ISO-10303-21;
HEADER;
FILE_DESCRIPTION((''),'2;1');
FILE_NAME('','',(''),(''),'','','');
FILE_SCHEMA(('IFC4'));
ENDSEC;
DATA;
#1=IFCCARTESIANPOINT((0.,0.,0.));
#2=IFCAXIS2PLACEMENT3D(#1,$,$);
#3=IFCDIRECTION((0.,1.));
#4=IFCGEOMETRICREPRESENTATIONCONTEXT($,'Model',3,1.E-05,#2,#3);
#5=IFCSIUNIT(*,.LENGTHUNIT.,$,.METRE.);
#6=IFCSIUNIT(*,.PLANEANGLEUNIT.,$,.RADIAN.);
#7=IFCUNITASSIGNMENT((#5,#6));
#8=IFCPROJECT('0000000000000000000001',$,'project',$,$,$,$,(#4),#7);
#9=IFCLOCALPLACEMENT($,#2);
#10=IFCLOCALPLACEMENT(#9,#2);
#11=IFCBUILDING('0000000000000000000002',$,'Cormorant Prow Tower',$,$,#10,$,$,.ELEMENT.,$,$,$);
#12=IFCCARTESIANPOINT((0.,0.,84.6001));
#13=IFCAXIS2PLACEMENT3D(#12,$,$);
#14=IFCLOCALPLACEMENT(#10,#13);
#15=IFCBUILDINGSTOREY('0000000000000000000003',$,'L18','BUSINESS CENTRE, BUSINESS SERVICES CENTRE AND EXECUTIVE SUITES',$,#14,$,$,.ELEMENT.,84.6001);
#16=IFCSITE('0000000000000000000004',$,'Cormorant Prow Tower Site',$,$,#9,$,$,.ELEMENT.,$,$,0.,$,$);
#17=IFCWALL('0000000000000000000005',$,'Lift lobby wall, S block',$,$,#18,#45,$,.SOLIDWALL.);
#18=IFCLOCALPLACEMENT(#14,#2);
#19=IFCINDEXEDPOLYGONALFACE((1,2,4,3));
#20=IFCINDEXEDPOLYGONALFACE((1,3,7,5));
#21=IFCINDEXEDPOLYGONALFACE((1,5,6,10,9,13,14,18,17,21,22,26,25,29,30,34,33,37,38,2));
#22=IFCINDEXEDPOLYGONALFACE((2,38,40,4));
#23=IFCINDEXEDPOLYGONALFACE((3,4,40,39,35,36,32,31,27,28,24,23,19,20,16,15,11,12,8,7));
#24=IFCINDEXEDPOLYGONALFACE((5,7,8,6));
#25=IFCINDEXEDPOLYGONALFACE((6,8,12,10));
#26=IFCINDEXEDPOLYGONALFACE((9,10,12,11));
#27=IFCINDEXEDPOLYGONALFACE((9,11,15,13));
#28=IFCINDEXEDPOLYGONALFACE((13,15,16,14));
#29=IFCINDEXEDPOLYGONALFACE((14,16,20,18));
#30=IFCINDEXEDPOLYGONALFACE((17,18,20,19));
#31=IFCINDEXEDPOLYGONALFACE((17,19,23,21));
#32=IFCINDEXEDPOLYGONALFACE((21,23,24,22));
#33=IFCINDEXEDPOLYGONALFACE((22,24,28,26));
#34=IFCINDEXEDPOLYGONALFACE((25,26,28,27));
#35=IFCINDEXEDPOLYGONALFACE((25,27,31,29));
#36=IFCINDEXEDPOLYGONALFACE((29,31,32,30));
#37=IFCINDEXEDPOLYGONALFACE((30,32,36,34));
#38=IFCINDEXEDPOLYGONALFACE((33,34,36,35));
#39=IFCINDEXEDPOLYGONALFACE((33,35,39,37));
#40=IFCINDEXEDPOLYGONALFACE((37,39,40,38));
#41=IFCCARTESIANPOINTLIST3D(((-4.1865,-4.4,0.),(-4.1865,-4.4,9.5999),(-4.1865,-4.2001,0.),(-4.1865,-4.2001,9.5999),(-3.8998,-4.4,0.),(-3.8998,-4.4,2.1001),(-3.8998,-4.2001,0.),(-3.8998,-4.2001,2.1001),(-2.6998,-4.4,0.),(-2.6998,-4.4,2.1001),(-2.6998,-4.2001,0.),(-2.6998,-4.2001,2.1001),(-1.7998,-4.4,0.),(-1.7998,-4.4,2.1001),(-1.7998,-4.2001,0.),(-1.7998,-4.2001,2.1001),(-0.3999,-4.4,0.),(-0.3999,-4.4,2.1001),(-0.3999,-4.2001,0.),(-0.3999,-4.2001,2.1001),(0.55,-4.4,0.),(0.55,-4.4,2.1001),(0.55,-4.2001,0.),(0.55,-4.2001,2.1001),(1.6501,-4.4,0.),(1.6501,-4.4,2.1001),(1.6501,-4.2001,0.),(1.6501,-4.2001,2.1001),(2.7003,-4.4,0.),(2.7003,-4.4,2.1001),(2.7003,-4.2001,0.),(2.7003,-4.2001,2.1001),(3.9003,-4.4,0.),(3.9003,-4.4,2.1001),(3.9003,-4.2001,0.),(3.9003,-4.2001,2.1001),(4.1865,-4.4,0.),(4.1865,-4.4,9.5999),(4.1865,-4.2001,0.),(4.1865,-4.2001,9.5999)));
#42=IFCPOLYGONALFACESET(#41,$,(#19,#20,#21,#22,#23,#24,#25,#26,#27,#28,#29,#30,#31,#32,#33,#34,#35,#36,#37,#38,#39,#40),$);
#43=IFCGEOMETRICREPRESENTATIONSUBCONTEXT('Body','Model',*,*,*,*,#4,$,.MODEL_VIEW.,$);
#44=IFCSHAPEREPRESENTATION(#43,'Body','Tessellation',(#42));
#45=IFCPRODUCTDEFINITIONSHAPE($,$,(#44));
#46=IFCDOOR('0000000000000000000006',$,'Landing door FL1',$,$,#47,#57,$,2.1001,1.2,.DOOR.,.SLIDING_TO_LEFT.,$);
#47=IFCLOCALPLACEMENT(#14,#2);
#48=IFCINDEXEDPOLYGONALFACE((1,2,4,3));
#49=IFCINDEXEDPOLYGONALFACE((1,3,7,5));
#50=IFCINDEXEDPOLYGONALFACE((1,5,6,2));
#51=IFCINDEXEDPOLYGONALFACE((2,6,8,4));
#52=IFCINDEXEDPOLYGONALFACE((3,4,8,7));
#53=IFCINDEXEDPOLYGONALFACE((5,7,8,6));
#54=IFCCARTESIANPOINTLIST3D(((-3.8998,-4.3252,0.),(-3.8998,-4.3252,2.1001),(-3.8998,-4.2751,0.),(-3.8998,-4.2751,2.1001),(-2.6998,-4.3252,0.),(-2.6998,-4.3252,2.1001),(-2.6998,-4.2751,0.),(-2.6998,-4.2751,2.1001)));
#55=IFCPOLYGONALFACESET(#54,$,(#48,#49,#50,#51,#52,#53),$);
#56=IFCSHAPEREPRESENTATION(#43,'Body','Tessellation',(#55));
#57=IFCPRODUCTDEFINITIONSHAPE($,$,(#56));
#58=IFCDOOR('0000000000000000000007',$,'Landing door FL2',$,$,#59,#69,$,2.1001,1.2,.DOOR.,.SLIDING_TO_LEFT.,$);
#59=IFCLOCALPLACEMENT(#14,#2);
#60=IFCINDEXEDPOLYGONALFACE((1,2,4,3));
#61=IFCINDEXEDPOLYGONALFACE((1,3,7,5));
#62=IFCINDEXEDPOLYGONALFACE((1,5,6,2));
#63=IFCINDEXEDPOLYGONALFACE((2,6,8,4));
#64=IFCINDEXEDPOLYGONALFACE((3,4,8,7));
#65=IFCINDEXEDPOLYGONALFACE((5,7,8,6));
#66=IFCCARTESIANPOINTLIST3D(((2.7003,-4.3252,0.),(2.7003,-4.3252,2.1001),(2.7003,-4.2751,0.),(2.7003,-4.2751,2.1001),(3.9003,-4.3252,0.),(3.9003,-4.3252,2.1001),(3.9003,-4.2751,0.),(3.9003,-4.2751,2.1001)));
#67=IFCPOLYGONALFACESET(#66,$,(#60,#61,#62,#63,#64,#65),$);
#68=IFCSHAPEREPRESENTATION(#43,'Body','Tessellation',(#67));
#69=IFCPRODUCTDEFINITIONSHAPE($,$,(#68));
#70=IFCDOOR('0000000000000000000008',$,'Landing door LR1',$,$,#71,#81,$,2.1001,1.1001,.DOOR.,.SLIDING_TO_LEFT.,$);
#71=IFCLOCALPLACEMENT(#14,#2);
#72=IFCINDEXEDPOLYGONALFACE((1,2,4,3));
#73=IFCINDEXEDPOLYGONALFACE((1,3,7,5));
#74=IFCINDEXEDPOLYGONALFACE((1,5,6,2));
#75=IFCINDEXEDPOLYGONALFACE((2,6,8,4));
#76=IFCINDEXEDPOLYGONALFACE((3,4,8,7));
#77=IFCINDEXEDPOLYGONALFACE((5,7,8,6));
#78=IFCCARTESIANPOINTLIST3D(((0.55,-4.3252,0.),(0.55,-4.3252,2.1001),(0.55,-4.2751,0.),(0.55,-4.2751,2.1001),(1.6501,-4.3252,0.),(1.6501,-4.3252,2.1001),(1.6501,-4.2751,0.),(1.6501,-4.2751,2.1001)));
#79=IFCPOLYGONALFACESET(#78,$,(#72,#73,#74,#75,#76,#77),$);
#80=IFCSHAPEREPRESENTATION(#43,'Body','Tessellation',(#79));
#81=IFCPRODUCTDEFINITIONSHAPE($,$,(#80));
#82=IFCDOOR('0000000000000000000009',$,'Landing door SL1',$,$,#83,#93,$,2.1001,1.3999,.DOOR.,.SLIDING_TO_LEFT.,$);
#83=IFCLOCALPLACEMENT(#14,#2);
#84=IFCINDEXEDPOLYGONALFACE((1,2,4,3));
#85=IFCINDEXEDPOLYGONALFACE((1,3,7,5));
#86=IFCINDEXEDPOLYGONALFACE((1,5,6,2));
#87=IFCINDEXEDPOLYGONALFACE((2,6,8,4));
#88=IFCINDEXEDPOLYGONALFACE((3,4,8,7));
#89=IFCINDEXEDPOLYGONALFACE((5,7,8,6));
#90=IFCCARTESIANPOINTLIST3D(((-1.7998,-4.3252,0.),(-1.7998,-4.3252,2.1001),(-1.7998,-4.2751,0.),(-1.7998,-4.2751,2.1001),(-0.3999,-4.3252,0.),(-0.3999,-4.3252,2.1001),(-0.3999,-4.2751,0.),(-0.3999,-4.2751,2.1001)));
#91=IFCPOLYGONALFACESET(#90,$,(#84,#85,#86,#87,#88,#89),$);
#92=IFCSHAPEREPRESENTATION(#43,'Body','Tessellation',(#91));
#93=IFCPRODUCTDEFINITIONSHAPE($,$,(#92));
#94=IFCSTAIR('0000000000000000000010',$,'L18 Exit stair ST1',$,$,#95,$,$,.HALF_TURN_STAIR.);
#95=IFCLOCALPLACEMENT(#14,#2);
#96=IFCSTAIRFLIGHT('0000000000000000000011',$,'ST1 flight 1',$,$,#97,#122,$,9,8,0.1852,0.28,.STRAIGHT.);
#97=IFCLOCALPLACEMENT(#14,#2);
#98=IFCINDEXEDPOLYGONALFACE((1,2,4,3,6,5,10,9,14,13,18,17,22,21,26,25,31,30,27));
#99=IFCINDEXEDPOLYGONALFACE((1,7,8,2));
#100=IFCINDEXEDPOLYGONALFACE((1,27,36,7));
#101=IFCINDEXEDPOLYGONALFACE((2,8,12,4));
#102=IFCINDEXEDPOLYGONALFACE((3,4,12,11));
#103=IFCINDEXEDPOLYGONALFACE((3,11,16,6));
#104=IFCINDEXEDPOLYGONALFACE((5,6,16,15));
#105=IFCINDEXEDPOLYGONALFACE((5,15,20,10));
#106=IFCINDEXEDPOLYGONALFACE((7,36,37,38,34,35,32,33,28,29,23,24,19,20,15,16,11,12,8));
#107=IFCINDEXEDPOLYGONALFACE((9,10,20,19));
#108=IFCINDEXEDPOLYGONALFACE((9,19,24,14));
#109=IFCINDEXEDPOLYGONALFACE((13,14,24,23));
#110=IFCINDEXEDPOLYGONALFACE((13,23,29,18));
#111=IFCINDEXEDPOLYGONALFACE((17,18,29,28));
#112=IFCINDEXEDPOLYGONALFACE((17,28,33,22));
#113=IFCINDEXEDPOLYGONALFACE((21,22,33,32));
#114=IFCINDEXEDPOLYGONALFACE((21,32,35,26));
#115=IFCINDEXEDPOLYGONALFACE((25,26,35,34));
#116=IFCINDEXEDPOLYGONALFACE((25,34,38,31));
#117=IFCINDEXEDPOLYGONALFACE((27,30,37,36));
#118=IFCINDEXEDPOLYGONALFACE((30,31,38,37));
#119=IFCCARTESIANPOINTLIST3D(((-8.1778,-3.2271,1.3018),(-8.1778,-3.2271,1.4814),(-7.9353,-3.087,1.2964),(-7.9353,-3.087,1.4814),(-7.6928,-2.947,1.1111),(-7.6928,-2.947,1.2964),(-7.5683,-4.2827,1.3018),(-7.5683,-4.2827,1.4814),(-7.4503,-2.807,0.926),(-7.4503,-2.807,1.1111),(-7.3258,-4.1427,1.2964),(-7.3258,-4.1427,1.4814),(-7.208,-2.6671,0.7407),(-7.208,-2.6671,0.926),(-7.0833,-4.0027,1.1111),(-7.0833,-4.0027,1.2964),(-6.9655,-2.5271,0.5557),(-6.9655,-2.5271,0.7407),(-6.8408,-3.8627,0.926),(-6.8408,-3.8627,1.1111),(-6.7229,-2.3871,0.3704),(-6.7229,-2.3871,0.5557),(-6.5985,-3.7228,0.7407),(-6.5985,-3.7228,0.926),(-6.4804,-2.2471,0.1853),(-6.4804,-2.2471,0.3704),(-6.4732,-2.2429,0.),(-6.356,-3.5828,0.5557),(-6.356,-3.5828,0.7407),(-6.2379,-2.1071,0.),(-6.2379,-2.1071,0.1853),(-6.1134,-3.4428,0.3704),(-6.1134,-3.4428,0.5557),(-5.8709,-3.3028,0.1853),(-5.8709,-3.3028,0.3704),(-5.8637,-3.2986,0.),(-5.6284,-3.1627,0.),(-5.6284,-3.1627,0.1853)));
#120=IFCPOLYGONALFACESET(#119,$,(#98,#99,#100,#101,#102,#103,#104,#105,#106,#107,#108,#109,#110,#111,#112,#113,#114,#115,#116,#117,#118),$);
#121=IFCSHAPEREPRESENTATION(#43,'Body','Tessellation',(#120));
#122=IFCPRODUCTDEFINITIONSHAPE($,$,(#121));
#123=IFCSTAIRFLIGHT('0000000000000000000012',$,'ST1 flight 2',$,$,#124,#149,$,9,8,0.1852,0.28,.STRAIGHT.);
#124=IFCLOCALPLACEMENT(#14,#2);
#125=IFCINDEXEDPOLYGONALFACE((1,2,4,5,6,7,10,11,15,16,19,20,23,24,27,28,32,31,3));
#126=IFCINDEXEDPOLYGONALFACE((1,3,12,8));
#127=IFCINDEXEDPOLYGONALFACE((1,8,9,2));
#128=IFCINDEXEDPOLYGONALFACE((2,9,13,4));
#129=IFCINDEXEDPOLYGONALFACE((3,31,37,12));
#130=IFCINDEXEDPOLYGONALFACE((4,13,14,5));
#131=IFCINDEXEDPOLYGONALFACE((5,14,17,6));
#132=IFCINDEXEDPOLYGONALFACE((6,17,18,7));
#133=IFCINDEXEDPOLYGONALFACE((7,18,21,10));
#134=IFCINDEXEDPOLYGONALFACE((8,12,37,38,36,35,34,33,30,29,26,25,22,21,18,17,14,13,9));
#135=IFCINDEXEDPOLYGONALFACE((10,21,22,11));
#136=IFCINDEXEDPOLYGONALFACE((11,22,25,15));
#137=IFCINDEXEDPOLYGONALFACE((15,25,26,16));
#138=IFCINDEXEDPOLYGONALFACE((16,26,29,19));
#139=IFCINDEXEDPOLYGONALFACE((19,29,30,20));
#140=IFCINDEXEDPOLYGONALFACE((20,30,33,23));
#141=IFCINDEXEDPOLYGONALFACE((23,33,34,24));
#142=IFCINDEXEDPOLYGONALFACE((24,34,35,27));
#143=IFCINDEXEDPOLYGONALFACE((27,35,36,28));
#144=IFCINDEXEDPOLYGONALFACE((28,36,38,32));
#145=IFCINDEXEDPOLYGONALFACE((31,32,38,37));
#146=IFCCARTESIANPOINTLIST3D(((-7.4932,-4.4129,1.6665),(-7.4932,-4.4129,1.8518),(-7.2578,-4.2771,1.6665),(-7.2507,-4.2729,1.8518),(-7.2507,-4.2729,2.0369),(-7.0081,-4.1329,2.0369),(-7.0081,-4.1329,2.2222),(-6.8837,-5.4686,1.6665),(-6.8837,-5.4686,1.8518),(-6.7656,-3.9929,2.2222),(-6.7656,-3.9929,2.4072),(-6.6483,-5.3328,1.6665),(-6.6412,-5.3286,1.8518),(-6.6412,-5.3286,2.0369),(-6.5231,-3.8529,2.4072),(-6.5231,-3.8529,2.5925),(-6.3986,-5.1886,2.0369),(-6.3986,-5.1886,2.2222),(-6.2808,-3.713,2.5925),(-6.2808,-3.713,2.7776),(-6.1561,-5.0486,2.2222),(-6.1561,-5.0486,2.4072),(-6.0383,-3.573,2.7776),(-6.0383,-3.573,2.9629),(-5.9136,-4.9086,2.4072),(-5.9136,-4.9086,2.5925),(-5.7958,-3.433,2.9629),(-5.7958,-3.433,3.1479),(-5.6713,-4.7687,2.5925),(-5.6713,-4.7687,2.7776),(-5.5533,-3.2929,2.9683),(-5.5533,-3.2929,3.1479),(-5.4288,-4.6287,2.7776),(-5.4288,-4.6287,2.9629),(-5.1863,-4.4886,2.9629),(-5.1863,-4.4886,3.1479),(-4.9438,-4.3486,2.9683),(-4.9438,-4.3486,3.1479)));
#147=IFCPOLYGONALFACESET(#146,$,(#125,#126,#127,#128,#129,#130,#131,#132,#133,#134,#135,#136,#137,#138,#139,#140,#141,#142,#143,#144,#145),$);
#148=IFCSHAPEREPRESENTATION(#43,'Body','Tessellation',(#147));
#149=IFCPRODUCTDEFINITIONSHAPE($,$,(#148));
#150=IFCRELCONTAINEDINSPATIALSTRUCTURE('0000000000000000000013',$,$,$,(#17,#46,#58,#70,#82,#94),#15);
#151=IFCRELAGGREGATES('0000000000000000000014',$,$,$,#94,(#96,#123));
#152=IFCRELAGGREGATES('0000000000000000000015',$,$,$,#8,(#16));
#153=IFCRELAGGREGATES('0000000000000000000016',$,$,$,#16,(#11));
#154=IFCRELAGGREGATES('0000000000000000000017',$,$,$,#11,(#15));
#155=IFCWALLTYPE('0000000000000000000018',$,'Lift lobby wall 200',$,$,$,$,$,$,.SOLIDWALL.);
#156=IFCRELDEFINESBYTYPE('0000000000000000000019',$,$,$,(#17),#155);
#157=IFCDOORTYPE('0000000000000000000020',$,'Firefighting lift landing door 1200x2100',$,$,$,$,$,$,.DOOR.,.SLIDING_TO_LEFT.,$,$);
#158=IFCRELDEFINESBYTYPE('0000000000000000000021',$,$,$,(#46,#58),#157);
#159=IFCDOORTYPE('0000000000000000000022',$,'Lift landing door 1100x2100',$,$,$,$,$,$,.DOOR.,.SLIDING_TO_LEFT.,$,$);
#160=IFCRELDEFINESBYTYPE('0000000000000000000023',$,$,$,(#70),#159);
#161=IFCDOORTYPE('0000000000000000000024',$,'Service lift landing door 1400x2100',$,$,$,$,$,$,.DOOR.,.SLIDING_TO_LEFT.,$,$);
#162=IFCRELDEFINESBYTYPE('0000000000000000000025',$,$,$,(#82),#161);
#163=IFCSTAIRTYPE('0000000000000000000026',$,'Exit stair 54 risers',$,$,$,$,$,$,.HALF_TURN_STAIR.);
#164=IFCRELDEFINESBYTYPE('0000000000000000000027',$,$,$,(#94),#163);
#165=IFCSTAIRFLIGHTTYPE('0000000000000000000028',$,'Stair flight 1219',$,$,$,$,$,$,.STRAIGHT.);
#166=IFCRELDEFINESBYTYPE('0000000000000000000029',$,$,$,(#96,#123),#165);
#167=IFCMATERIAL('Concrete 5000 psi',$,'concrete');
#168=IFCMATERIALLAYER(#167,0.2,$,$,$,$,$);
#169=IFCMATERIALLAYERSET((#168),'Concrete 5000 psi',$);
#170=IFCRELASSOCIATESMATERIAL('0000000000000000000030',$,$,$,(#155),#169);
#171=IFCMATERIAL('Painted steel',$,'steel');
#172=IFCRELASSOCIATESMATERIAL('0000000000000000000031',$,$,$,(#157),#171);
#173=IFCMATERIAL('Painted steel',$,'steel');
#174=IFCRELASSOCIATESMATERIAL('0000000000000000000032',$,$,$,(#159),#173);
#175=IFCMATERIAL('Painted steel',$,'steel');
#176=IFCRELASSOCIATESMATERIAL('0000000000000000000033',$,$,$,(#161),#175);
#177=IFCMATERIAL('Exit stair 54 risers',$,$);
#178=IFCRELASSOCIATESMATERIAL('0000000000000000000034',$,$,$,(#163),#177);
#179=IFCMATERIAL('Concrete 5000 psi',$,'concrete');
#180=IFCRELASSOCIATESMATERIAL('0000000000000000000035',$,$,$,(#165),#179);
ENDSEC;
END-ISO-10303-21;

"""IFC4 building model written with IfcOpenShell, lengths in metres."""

from ifc_helpers import new_model, si_unit, direction, frame, frame_2d, origin, place, context, subcontext, project, spatial, polyline, rectangle, outline, extrude, material, layer, layer_set, type_object, element, fill, aggregate, save


model = new_model("IFC4")

# Units and contexts
model_context = context("Model", 3, precision=1e-05, world=origin(), true_north=direction((0.0, 1.0)))
body_context = subcontext(model_context, "Body", "Model", "MODEL_VIEW")
ifc_project = project(units=[si_unit("LENGTHUNIT", "METRE"), si_unit("PLANEANGLEUNIT", "RADIAN")], contexts=[model_context])

# Site, building, storey
site_placement = place(None, origin())
site = spatial("IfcSite", under=ifc_project, at=site_placement, Name="Cormorant Prow Tower Site", CompositionType="ELEMENT", RefElevation=0.0)
building_placement = place(site_placement, origin())
building = spatial("IfcBuilding", under=site, at=building_placement, Name="Cormorant Prow Tower", CompositionType="ELEMENT")
storey_placement = place(building_placement, frame((0.0, 0.0, 84.6001)))
storey = spatial("IfcBuildingStorey", under=building, at=storey_placement, Name="L18", Description="BUSINESS CENTRE, BUSINESS SERVICES CENTRE AND EXECUTIVE SUITES", CompositionType="ELEMENT", Elevation=84.6001)

# Wall, openings, doors
ifc_material_1 = material(Name="Concrete 5000 psi", Category="concrete")
ifc_layer_1 = layer(ifc_material_1, 0.2)
ifc_layer_set_1 = layer_set([ifc_layer_1], Name="Concrete 5000 psi")
wall_type_1 = type_object("IfcWallType", Name="Lift lobby wall 200", PredefinedType="SOLIDWALL", material=ifc_layer_set_1)
wall_1_placement = place(storey_placement, frame((-4.1865, -4.3, 0.0), z_axis=(0.0, 0.0, 1.0), x_axis=(1.0, 0.0, 0.0)))
wall_1 = element("IfcWall", 1, at=wall_1_placement, inside=storey, type_object=wall_type_1, Name="Lift lobby wall, S block", PredefinedType="SOLIDWALL", context=body_context, shape_type="SweptSolid", body=[
    extrude(rectangle(XDim=8.373, YDim=0.2, at=frame_2d((4.1865, 0.0))), origin(), (0.0, 0.0, 1.0), 9.5999),
])
opening_1_placement = place(wall_1_placement, frame((0.2866, 0.0, 0.0)))
opening_1 = element("IfcOpeningElement", 2, at=opening_1_placement, cuts=wall_1, PredefinedType="OPENING", context=body_context, shape_type="SweptSolid", body=[
    extrude(rectangle(XDim=1.2, YDim=2.1001, at=frame_2d((0.6001, 1.05))), frame((0.0, 0.1099, 0.0), z_axis=(0.0, -1.0, 0.0), x_axis=(1.0, 0.0, 0.0)), (0.0, 0.0, 1.0), 0.22),
])
opening_2_placement = place(wall_1_placement, frame((2.3867, 0.0, 0.0)))
opening_2 = element("IfcOpeningElement", 3, at=opening_2_placement, cuts=wall_1, PredefinedType="OPENING", context=body_context, shape_type="SweptSolid", body=[
    extrude(rectangle(XDim=1.3999, YDim=2.1001, at=frame_2d((0.7, 1.05))), frame((0.0, 0.1099, 0.0), z_axis=(0.0, -1.0, 0.0), x_axis=(1.0, 0.0, 0.0)), (0.0, 0.0, 1.0), 0.22),
])
opening_3_placement = place(wall_1_placement, frame((4.7366, 0.0, 0.0)))
opening_3 = element("IfcOpeningElement", 4, at=opening_3_placement, cuts=wall_1, PredefinedType="OPENING", context=body_context, shape_type="SweptSolid", body=[
    extrude(rectangle(XDim=1.1001, YDim=2.1001, at=frame_2d((0.55, 1.05))), frame((0.0, 0.1099, 0.0), z_axis=(0.0, -1.0, 0.0), x_axis=(1.0, 0.0, 0.0)), (0.0, 0.0, 1.0), 0.22),
])
opening_4_placement = place(wall_1_placement, frame((6.8867, 0.0, 0.0)))
opening_4 = element("IfcOpeningElement", 5, at=opening_4_placement, cuts=wall_1, PredefinedType="OPENING", context=body_context, shape_type="SweptSolid", body=[
    extrude(rectangle(XDim=1.2, YDim=2.1001, at=frame_2d((0.6001, 1.05))), frame((0.0, 0.1099, 0.0), z_axis=(0.0, -1.0, 0.0), x_axis=(1.0, 0.0, 0.0)), (0.0, 0.0, 1.0), 0.22),
])
ifc_material_2 = material(Name="Painted steel", Category="steel")
door_type_1 = type_object("IfcDoorType", Name="Firefighting lift landing door 1200x2100", OperationType="SLIDING_TO_LEFT", PredefinedType="DOOR", material=ifc_material_2)
door_1_placement = place(opening_1_placement, origin())
door_1 = element("IfcDoor", 6, at=door_1_placement, inside=storey, type_object=door_type_1, Name="Landing door FL1", OperationType="SLIDING_TO_LEFT", OverallHeight=2.1001, OverallWidth=1.2, PredefinedType="DOOR", context=body_context, shape_type="SweptSolid", body=[
    extrude(rectangle(XDim=1.2, YDim=2.1001, at=frame_2d((0.6001, 1.05))), frame((0.0, 0.0249, 0.0), z_axis=(0.0, -1.0, 0.0), x_axis=(1.0, 0.0, 0.0)), (0.0, 0.0, 1.0), 0.05),
])
fill(opening_1, door_1)
door_2_placement = place(opening_4_placement, origin())
door_2 = element("IfcDoor", 7, at=door_2_placement, inside=storey, type_object=door_type_1, Name="Landing door FL2", OperationType="SLIDING_TO_LEFT", OverallHeight=2.1001, OverallWidth=1.2, PredefinedType="DOOR", context=body_context, shape_type="SweptSolid", body=[
    extrude(rectangle(XDim=1.2, YDim=2.1001, at=frame_2d((0.6001, 1.05))), frame((0.0, 0.0249, 0.0), z_axis=(0.0, -1.0, 0.0), x_axis=(1.0, 0.0, 0.0)), (0.0, 0.0, 1.0), 0.05),
])
fill(opening_4, door_2)
ifc_material_3 = material(Name="Painted steel", Category="steel")
door_type_2 = type_object("IfcDoorType", Name="Lift landing door 1100x2100", OperationType="SLIDING_TO_LEFT", PredefinedType="DOOR", material=ifc_material_3)
door_3_placement = place(opening_3_placement, origin())
door_3 = element("IfcDoor", 8, at=door_3_placement, inside=storey, type_object=door_type_2, Name="Landing door LR1", OperationType="SLIDING_TO_LEFT", OverallHeight=2.1001, OverallWidth=1.1001, PredefinedType="DOOR", context=body_context, shape_type="SweptSolid", body=[
    extrude(rectangle(XDim=1.1001, YDim=2.1001, at=frame_2d((0.55, 1.05))), frame((0.0, 0.0249, 0.0), z_axis=(0.0, -1.0, 0.0), x_axis=(1.0, 0.0, 0.0)), (0.0, 0.0, 1.0), 0.05),
])
fill(opening_3, door_3)
ifc_material_4 = material(Name="Painted steel", Category="steel")
door_type_3 = type_object("IfcDoorType", Name="Service lift landing door 1400x2100", OperationType="SLIDING_TO_LEFT", PredefinedType="DOOR", material=ifc_material_4)
door_4_placement = place(opening_2_placement, origin())
door_4 = element("IfcDoor", 9, at=door_4_placement, inside=storey, type_object=door_type_3, Name="Landing door SL1", OperationType="SLIDING_TO_LEFT", OverallHeight=2.1001, OverallWidth=1.3999, PredefinedType="DOOR", context=body_context, shape_type="SweptSolid", body=[
    extrude(rectangle(XDim=1.3999, YDim=2.1001, at=frame_2d((0.7, 1.05))), frame((0.0, 0.0249, 0.0), z_axis=(0.0, -1.0, 0.0), x_axis=(1.0, 0.0, 0.0)), (0.0, 0.0, 1.0), 0.05),
])
fill(opening_2, door_4)

# Stair, stair flights
ifc_material_5 = material(Name="Exit stair 54 risers")
stair_type = type_object("IfcStairType", Name="Exit stair 54 risers", PredefinedType="HALF_TURN_STAIR", material=ifc_material_5)
stair_placement = place(storey_placement, origin())
stair = element("IfcStair", 10, at=stair_placement, inside=storey, type_object=stair_type, Name="L18 Exit stair ST1", PredefinedType="HALF_TURN_STAIR")
ifc_material_6 = material(Name="Concrete 5000 psi", Category="concrete")
stair_flight_type = type_object("IfcStairFlightType", Name="Stair flight 1219", PredefinedType="STRAIGHT", material=ifc_material_6)
stair_flight_1_placement = place(storey_placement, frame((-5.9331, -2.635, 0.0), z_axis=(0.0, 0.0, 1.0), x_axis=(-0.866025, -0.5, 0.0)))
stair_flight_1 = element("IfcStairFlight", 11, at=stair_flight_1_placement, type_object=stair_flight_type, Name="ST1 flight 1", NumberOfRisers=9, NumberOfTreads=8, PredefinedType="STRAIGHT", RiserHeight=0.1852, TreadLength=0.28, context=body_context, shape_type="SweptSolid", body=[
    extrude(outline(polyline([(0.0, 0.0), (0.0, 0.1853), (0.28, 0.1853), (0.28, 0.3704), (0.5601, 0.3704), (0.5601, 0.5557), (0.8401, 0.5557), (0.8401, 0.7407), (1.1201, 0.7407), (1.1201, 0.926), (1.3999, 0.926), (1.3999, 1.1111), (1.6799, 1.1111), (1.6799, 1.2964), (1.96, 1.2964), (1.96, 1.4814), (2.24, 1.4814), (2.24, 1.6667), (2.24, 1.3018), (0.2717, 0.0), (0.0, 0.0)])), frame((0.0, 0.6094, 0.0), z_axis=(0.0, -1.0, 0.0), x_axis=(1.0, 0.0, 0.0)), (0.0, 0.0, 1.0), 1.219),
])
stair_flight_2_placement = place(storey_placement, frame((-7.1885, -4.9407, 1.6665), z_axis=(0.0, 0.0, 1.0), x_axis=(0.866025, 0.5, 0.0)))
stair_flight_2 = element("IfcStairFlight", 12, at=stair_flight_2_placement, type_object=stair_flight_type, Name="ST1 flight 2", NumberOfRisers=9, NumberOfTreads=8, PredefinedType="STRAIGHT", RiserHeight=0.1852, TreadLength=0.28, context=body_context, shape_type="SweptSolid", body=[
    extrude(outline(polyline([(0.0, 0.0), (0.0, 0.1853), (0.28, 0.1853), (0.28, 0.3704), (0.5601, 0.3704), (0.5601, 0.5557), (0.8401, 0.5557), (0.8401, 0.7407), (1.1201, 0.7407), (1.1201, 0.926), (1.3999, 0.926), (1.3999, 1.1111), (1.6799, 1.1111), (1.6799, 1.2964), (1.96, 1.2964), (1.96, 1.4814), (2.24, 1.4814), (2.24, 1.6667), (2.24, 1.3018), (0.2717, 0.0), (0.0, 0.0)])), frame((0.0, 0.6094, 0.0), z_axis=(0.0, -1.0, 0.0), x_axis=(1.0, 0.0, 0.0)), (0.0, 0.0, 1.0), 1.219),
])
aggregate(stair, [stair_flight_1, stair_flight_2])

save(model, "model.ifc")
